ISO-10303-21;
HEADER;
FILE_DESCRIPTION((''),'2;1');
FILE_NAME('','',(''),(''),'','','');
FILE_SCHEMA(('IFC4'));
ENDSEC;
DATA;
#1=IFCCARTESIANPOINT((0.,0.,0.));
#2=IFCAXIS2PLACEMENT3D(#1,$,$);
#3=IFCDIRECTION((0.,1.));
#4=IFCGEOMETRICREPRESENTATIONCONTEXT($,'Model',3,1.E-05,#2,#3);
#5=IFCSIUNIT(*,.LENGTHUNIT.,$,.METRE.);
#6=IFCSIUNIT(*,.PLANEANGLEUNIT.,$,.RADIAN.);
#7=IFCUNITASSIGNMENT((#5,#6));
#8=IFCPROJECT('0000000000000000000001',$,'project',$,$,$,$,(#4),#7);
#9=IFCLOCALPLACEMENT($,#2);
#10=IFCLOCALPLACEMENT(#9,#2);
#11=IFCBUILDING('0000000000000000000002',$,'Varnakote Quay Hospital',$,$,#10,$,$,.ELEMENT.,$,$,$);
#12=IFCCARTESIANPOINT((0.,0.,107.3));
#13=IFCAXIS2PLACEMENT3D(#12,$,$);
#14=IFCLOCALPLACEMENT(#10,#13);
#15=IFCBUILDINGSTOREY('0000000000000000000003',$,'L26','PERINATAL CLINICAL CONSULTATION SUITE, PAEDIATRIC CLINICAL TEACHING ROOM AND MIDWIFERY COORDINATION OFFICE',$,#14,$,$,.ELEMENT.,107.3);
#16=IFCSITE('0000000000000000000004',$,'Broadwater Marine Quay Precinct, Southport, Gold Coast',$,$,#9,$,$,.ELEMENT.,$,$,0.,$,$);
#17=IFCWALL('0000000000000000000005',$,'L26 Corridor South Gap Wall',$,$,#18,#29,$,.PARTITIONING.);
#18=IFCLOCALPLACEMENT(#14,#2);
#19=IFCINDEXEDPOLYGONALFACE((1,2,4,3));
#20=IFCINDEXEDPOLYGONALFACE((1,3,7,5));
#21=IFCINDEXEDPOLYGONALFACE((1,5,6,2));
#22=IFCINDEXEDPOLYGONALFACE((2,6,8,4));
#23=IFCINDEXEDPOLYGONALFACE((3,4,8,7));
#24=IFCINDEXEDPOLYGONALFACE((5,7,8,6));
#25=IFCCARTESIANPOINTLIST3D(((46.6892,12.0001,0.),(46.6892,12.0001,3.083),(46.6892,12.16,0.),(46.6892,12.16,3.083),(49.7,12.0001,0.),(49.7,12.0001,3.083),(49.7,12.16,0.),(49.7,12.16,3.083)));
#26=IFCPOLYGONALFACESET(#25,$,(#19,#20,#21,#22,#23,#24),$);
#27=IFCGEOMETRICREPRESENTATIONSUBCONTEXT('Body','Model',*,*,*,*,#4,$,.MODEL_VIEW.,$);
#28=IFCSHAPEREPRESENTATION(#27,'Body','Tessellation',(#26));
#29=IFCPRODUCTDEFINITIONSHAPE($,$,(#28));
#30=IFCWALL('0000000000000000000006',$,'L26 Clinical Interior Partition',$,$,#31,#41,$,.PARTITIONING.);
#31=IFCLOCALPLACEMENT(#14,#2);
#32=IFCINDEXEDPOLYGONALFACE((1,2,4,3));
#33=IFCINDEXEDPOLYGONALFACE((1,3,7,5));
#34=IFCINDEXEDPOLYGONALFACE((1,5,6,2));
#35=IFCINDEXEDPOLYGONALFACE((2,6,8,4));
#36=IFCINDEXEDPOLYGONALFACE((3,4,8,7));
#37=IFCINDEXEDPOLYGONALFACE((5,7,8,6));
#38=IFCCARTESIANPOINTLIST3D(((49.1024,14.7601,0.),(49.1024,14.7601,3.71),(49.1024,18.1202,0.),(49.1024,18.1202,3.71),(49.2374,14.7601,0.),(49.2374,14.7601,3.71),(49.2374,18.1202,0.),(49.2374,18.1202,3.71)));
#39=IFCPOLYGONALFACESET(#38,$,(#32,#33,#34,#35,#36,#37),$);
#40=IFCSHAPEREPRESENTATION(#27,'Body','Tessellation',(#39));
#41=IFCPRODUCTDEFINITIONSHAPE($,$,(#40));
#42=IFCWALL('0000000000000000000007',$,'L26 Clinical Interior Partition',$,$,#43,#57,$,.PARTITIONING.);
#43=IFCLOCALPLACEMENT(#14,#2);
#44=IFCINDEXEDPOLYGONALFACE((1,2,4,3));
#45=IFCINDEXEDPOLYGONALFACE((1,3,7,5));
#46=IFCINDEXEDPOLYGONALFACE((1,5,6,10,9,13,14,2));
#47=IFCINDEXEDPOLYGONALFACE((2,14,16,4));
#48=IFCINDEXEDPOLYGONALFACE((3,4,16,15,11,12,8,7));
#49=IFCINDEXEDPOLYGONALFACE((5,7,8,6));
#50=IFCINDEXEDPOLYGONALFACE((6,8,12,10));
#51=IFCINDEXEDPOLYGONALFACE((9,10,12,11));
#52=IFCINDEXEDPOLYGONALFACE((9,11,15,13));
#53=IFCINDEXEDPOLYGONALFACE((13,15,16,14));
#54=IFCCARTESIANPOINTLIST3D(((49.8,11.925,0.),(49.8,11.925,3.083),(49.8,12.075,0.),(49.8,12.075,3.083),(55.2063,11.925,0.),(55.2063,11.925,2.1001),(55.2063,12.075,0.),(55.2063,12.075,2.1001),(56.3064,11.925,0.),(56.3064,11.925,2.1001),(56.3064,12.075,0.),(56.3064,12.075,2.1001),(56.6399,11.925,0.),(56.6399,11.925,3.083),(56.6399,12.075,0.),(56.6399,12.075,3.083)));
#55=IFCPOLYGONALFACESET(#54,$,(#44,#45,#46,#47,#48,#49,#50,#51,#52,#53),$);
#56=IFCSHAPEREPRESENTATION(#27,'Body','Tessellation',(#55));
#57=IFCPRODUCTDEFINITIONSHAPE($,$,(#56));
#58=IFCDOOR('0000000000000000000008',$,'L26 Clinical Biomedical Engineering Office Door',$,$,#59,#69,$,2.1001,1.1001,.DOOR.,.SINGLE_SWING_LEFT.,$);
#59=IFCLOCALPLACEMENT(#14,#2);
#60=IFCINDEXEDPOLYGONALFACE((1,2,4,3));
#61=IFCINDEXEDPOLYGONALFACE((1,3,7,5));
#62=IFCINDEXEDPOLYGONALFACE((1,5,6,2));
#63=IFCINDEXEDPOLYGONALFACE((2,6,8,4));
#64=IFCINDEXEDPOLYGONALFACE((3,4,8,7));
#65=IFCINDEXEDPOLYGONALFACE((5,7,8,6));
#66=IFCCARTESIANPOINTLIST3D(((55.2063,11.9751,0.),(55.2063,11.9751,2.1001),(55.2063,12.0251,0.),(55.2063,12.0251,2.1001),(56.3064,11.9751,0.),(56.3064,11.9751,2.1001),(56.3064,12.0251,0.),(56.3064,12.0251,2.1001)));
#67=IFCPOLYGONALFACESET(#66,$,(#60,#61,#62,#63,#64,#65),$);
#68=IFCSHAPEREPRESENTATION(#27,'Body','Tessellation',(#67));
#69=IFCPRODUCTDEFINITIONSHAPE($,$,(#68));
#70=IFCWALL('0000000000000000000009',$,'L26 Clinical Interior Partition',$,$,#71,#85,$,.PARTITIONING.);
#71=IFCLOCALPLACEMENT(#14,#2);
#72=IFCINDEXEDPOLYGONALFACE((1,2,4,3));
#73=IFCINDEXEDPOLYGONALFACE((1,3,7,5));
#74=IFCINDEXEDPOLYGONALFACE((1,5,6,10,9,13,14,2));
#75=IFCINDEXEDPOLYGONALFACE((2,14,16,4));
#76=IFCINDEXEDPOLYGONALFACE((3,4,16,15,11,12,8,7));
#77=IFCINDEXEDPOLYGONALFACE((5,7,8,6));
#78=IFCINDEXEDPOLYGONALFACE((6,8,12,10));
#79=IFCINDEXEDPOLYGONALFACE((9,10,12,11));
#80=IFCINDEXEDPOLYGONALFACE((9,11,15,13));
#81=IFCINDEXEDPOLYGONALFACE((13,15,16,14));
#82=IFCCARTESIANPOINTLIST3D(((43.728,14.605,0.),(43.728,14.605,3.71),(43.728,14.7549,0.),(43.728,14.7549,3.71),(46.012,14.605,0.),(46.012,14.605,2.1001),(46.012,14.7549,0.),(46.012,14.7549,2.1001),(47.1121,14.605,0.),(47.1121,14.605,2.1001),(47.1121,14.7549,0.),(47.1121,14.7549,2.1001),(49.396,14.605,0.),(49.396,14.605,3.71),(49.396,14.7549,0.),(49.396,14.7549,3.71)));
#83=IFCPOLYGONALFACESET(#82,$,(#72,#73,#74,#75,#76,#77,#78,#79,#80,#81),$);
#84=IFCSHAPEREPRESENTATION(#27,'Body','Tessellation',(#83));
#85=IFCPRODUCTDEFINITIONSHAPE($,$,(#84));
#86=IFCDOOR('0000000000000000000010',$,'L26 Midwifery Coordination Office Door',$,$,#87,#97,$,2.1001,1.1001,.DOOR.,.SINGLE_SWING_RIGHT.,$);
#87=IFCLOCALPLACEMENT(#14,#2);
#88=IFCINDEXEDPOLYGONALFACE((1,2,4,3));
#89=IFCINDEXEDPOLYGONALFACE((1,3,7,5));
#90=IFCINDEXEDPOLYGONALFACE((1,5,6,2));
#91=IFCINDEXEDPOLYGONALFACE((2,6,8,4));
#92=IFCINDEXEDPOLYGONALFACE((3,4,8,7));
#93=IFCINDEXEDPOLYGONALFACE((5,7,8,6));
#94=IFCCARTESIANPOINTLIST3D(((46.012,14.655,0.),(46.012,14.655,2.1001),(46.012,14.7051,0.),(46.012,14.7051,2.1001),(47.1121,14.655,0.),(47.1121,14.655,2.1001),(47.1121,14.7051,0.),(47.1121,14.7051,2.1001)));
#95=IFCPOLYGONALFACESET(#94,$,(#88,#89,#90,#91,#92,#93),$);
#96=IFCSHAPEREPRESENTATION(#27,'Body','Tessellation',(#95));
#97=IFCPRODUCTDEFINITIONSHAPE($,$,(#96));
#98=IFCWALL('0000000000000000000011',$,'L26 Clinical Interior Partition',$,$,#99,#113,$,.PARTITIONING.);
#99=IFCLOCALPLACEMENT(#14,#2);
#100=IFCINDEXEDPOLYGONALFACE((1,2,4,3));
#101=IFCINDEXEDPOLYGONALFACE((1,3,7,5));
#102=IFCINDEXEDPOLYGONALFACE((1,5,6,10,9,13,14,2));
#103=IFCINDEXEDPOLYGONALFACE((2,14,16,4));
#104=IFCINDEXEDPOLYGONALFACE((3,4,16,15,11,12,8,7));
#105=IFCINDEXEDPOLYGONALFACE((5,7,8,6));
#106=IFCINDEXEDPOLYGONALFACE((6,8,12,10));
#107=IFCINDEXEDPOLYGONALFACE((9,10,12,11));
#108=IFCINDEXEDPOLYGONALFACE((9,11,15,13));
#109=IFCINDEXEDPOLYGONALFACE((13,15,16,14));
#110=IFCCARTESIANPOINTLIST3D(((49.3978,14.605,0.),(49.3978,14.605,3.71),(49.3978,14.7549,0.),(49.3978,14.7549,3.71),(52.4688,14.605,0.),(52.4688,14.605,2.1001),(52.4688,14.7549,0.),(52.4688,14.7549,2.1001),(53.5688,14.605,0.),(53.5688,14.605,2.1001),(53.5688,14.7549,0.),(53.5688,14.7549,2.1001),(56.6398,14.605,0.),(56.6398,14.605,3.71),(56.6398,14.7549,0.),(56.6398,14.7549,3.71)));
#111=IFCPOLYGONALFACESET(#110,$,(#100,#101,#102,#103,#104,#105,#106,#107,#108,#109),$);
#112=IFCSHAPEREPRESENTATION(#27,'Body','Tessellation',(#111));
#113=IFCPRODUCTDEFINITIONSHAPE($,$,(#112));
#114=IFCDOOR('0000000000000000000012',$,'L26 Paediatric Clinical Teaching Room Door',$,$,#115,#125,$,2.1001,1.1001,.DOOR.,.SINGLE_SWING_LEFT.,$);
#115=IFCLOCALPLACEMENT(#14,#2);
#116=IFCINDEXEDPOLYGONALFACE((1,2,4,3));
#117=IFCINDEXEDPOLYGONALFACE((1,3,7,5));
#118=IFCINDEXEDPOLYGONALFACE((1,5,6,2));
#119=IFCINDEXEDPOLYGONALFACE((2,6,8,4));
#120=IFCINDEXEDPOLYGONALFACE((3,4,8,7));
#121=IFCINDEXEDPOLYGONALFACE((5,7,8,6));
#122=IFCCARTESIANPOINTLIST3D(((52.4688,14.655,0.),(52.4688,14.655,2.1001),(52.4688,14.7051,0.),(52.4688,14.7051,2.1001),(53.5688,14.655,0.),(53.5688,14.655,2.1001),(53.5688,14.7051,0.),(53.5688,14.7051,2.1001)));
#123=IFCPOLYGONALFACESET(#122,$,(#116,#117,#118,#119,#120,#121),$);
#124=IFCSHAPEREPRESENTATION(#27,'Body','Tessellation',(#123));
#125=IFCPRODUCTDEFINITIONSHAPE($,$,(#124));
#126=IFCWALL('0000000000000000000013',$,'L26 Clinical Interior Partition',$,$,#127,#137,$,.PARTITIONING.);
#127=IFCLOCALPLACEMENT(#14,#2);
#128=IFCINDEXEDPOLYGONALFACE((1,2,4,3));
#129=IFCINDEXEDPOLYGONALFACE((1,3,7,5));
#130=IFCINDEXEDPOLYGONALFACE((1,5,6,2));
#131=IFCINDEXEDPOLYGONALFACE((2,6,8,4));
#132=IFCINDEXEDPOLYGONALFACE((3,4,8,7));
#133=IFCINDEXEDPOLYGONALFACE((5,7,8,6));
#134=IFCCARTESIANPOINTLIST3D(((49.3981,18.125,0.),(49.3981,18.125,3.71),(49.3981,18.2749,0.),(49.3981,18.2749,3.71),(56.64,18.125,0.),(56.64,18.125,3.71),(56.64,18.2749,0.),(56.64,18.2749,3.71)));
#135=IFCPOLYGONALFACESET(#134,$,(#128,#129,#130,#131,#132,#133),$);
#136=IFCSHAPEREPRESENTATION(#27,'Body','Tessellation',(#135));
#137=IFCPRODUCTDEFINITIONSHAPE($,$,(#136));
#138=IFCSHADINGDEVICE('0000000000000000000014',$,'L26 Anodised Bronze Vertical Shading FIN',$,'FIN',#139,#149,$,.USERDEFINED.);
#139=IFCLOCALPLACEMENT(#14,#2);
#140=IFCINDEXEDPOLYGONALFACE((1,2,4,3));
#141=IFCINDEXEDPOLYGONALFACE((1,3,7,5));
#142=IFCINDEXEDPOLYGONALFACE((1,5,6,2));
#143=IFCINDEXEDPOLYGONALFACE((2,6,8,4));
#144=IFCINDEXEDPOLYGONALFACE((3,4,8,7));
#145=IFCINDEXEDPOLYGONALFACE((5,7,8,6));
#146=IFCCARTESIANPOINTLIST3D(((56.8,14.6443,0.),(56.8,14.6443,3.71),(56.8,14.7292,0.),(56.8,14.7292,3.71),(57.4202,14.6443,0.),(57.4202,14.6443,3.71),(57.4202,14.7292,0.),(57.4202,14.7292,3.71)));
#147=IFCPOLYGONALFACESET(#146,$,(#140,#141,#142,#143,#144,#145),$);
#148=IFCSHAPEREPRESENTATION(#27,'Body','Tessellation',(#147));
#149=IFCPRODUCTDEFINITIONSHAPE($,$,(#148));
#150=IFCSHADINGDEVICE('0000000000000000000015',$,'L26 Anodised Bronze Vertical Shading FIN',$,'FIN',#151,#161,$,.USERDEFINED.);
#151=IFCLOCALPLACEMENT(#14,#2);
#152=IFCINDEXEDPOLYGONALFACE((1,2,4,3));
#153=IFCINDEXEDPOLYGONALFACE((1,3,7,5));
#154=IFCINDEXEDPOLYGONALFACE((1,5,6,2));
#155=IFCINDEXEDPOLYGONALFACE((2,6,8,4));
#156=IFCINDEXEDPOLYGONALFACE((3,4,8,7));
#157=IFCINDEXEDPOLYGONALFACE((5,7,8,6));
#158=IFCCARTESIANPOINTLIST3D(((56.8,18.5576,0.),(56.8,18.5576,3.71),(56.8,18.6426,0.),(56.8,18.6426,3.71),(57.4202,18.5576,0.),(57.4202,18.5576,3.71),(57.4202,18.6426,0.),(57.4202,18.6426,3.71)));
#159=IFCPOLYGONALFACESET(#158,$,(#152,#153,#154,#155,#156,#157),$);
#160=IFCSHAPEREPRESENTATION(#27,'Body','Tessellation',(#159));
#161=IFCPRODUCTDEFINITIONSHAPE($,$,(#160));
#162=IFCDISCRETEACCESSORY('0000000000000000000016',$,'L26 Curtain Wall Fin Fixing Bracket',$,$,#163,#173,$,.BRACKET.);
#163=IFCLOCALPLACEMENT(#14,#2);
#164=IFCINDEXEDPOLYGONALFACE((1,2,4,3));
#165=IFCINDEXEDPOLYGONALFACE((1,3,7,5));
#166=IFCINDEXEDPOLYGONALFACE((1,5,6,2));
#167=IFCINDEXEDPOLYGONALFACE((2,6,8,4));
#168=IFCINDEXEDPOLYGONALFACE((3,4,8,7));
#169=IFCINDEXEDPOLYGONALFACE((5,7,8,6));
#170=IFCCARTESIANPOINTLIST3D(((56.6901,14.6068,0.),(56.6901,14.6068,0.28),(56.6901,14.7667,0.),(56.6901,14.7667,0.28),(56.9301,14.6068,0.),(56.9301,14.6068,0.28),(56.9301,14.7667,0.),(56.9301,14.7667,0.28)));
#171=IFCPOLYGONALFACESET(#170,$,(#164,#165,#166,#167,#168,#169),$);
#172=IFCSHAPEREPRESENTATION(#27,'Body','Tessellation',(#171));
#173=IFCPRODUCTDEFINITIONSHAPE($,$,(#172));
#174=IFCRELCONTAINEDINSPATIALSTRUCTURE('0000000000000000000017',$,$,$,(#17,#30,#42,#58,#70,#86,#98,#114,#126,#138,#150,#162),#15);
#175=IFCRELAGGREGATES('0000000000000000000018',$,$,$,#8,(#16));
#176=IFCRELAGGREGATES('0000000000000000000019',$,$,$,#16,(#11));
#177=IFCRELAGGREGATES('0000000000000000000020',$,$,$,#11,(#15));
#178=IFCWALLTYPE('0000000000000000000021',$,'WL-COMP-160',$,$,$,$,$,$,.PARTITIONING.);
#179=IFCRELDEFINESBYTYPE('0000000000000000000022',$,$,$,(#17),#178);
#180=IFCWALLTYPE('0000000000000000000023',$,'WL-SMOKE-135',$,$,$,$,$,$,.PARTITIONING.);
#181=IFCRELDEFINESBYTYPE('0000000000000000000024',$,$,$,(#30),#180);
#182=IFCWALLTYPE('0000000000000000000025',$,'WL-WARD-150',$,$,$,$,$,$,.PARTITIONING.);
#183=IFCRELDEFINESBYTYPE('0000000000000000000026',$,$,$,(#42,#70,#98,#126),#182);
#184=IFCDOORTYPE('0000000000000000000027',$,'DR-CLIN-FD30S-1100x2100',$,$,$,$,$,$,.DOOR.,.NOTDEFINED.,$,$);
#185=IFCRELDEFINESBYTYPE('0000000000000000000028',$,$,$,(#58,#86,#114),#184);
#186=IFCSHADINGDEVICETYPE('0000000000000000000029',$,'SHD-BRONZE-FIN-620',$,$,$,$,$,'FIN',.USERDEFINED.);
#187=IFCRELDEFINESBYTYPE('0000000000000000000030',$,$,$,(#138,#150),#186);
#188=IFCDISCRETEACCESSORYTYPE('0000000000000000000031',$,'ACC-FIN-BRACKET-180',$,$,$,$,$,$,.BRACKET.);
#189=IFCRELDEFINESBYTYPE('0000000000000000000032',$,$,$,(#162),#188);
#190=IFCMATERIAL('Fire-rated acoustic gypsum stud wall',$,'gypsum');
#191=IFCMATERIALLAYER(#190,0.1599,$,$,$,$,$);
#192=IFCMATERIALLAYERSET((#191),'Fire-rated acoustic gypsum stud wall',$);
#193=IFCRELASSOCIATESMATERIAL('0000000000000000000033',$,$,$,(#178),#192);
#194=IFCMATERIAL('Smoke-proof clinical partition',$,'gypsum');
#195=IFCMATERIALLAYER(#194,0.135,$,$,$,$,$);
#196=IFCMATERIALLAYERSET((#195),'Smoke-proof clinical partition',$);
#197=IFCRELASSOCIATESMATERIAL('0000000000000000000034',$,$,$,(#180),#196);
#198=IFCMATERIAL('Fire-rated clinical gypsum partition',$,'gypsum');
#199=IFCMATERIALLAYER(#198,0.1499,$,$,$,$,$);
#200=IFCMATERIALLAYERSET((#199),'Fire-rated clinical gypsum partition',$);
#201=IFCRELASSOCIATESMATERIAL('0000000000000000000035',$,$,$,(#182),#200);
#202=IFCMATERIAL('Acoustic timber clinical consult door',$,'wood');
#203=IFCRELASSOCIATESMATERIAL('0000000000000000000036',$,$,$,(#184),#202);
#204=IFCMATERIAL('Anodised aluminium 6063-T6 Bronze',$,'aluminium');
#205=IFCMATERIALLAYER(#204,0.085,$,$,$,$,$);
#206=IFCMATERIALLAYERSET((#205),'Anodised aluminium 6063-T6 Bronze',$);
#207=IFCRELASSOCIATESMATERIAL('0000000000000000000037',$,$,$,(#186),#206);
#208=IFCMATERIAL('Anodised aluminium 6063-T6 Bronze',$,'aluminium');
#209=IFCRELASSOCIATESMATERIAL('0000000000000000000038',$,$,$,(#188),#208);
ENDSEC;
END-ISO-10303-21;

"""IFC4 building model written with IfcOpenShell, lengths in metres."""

from ifc_helpers import new_model, si_unit, direction, frame, frame_2d, origin, origin_2d, place, context, subcontext, project, spatial, rectangle, extrude, material, layer, layer_set, type_object, element, fill, save


model = new_model("IFC4")

# Units and contexts
model_context = context("Model", 3, precision=1e-05, world=origin(), true_north=direction((0.0, 1.0)))
body_context = subcontext(model_context, "Body", "Model", "MODEL_VIEW")
ifc_project = project(units=[si_unit("LENGTHUNIT", "METRE"), si_unit("PLANEANGLEUNIT", "RADIAN")], contexts=[model_context])

# Site, building, storey
site_placement = place(None, origin())
site = spatial("IfcSite", under=ifc_project, at=site_placement, Name="Broadwater Marine Quay Precinct, Southport, Gold Coast", CompositionType="ELEMENT", RefElevation=0.0)
building_placement = place(site_placement, origin())
building = spatial("IfcBuilding", under=site, at=building_placement, Name="Varnakote Quay Hospital", CompositionType="ELEMENT")
storey_placement = place(building_placement, frame((0.0, 0.0, 107.3)))
storey = spatial("IfcBuildingStorey", under=building, at=storey_placement, Name="L26", Description="PERINATAL CLINICAL CONSULTATION SUITE, PAEDIATRIC CLINICAL TEACHING ROOM AND MIDWIFERY COORDINATION OFFICE", CompositionType="ELEMENT", Elevation=107.3)

# Walls
ifc_material_1 = material(Name="Fire-rated acoustic gypsum stud wall", Category="gypsum")
ifc_layer_1 = layer(ifc_material_1, 0.1599)
ifc_layer_set_1 = layer_set([ifc_layer_1], Name="Fire-rated acoustic gypsum stud wall")
wall_type_1 = type_object("IfcWallType", Name="WL-COMP-160", PredefinedType="PARTITIONING", material=ifc_layer_set_1)
wall_1_placement = place(storey_placement, frame((46.6892, 12.0801, 0.0), z_axis=(0.0, 0.0, 1.0), x_axis=(1.0, 0.0, 0.0)))
element("IfcWall", 1, at=wall_1_placement, inside=storey, type_object=wall_type_1, Name="L26 Corridor South Gap Wall", PredefinedType="PARTITIONING", context=body_context, shape_type="SweptSolid", body=[
    extrude(rectangle(XDim=3.0107, YDim=0.1599, at=frame_2d((1.5054, 0.0))), origin(), (0.0, 0.0, 1.0), 3.083),
])
ifc_material_2 = material(Name="Smoke-proof clinical partition", Category="gypsum")
ifc_layer_2 = layer(ifc_material_2, 0.135)
ifc_layer_set_2 = layer_set([ifc_layer_2], Name="Smoke-proof clinical partition")
wall_type_2 = type_object("IfcWallType", Name="WL-SMOKE-135", PredefinedType="PARTITIONING", material=ifc_layer_set_2)
wall_2_placement = place(storey_placement, frame((49.1699, 14.76, 0.0), z_axis=(0.0, 0.0, 1.0), x_axis=(0.0, 1.0, 0.0)))
element("IfcWall", 2, at=wall_2_placement, inside=storey, type_object=wall_type_2, Name="L26 Clinical Interior Partition", PredefinedType="PARTITIONING", context=body_context, shape_type="SweptSolid", body=[
    extrude(rectangle(XDim=3.3601, YDim=0.135, at=frame_2d((1.6802, 0.0))), origin(), (0.0, 0.0, 1.0), 3.71),
])

# Walls, openings, doors
ifc_material_3 = material(Name="Fire-rated clinical gypsum partition", Category="gypsum")
ifc_layer_3 = layer(ifc_material_3, 0.1499)
ifc_layer_set_3 = layer_set([ifc_layer_3], Name="Fire-rated clinical gypsum partition")
wall_type_3 = type_object("IfcWallType", Name="WL-WARD-150", PredefinedType="PARTITIONING", material=ifc_layer_set_3)
wall_3_placement = place(storey_placement, frame((56.6399, 12.0, 0.0), z_axis=(0.0, 0.0, 1.0), x_axis=(-1.0, 0.0, 0.0)))
wall_3 = element("IfcWall", 3, at=wall_3_placement, inside=storey, type_object=wall_type_3, Name="L26 Clinical Interior Partition", PredefinedType="PARTITIONING", context=body_context, shape_type="SweptSolid", body=[
    extrude(rectangle(XDim=6.8398, YDim=0.1499, at=frame_2d((3.4199, 0.0))), origin(), (0.0, 0.0, 1.0), 3.083),
])
opening_1_placement = place(wall_3_placement, frame((0.3335, 0.0, 0.0)))
opening_1 = element("IfcOpeningElement", 4, at=opening_1_placement, cuts=wall_3, PredefinedType="OPENING", context=body_context, shape_type="SweptSolid", body=[
    extrude(rectangle(XDim=1.1001, YDim=2.1001, at=frame_2d((0.55, 1.05))), frame((0.0, 0.085, 0.0), z_axis=(0.0, -1.0, 0.0), x_axis=(1.0, 0.0, 0.0)), (0.0, 0.0, 1.0), 0.1699),
])
ifc_material_4 = material(Name="Acoustic timber clinical consult door", Category="wood")
door_type = type_object("IfcDoorType", Name="DR-CLIN-FD30S-1100x2100", OperationType="NOTDEFINED", PredefinedType="DOOR", material=ifc_material_4)
door_1_placement = place(opening_1_placement, origin())
door_1 = element("IfcDoor", 5, at=door_1_placement, inside=storey, type_object=door_type, Name="L26 Clinical Biomedical Engineering Office Door", OperationType="SINGLE_SWING_LEFT", OverallHeight=2.1001, OverallWidth=1.1001, PredefinedType="DOOR", context=body_context, shape_type="SweptSolid", body=[
    extrude(rectangle(XDim=1.1001, YDim=2.1001, at=frame_2d((0.55, 1.05))), frame((0.0, 0.0249, 0.0), z_axis=(0.0, -1.0, 0.0), x_axis=(1.0, 0.0, 0.0)), (0.0, 0.0, 1.0), 0.05),
])
fill(opening_1, door_1)
wall_4_placement = place(storey_placement, frame((49.396, 14.6799, 0.0), z_axis=(0.0, 0.0, 1.0), x_axis=(-1.0, 0.0, 0.0)))
wall_4 = element("IfcWall", 6, at=wall_4_placement, inside=storey, type_object=wall_type_3, Name="L26 Clinical Interior Partition", PredefinedType="PARTITIONING", context=body_context, shape_type="SweptSolid", body=[
    extrude(rectangle(XDim=5.668, YDim=0.1499, at=frame_2d((2.834, 0.0))), origin(), (0.0, 0.0, 1.0), 3.71),
])
opening_2_placement = place(wall_4_placement, frame((2.2839, 0.0, 0.0)))
opening_2 = element("IfcOpeningElement", 7, at=opening_2_placement, cuts=wall_4, PredefinedType="OPENING", context=body_context, shape_type="SweptSolid", body=[
    extrude(rectangle(XDim=1.1001, YDim=2.1001, at=frame_2d((0.55, 1.05))), frame((0.0, 0.085, 0.0), z_axis=(0.0, -1.0, 0.0), x_axis=(1.0, 0.0, 0.0)), (0.0, 0.0, 1.0), 0.1699),
])
door_2_placement = place(opening_2_placement, origin())
door_2 = element("IfcDoor", 8, at=door_2_placement, inside=storey, type_object=door_type, Name="L26 Midwifery Coordination Office Door", OperationType="SINGLE_SWING_RIGHT", OverallHeight=2.1001, OverallWidth=1.1001, PredefinedType="DOOR", context=body_context, shape_type="SweptSolid", body=[
    extrude(rectangle(XDim=1.1001, YDim=2.1001, at=frame_2d((0.55, 1.05))), frame((0.0, 0.0249, 0.0), z_axis=(0.0, -1.0, 0.0), x_axis=(1.0, 0.0, 0.0)), (0.0, 0.0, 1.0), 0.05),
])
fill(opening_2, door_2)
wall_5_placement = place(storey_placement, frame((56.6399, 14.6799, 0.0), z_axis=(0.0, 0.0, 1.0), x_axis=(-1.0, 0.0, 0.0)))
wall_5 = element("IfcWall", 9, at=wall_5_placement, inside=storey, type_object=wall_type_3, Name="L26 Clinical Interior Partition", PredefinedType="PARTITIONING", context=body_context, shape_type="SweptSolid", body=[
    extrude(rectangle(XDim=7.2419, YDim=0.1499, at=frame_2d((3.6211, 0.0))), origin(), (0.0, 0.0, 1.0), 3.71),
])
opening_3_placement = place(wall_5_placement, frame((3.071, 0.0, 0.0)))
opening_3 = element("IfcOpeningElement", 10, at=opening_3_placement, cuts=wall_5, PredefinedType="OPENING", context=body_context, shape_type="SweptSolid", body=[
    extrude(rectangle(XDim=1.1001, YDim=2.1001, at=frame_2d((0.55, 1.05))), frame((0.0, 0.085, 0.0), z_axis=(0.0, -1.0, 0.0), x_axis=(1.0, 0.0, 0.0)), (0.0, 0.0, 1.0), 0.1699),
])
door_3_placement = place(opening_3_placement, origin())
door_3 = element("IfcDoor", 11, at=door_3_placement, inside=storey, type_object=door_type, Name="L26 Paediatric Clinical Teaching Room Door", OperationType="SINGLE_SWING_LEFT", OverallHeight=2.1001, OverallWidth=1.1001, PredefinedType="DOOR", context=body_context, shape_type="SweptSolid", body=[
    extrude(rectangle(XDim=1.1001, YDim=2.1001, at=frame_2d((0.55, 1.05))), frame((0.0, 0.0249, 0.0), z_axis=(0.0, -1.0, 0.0), x_axis=(1.0, 0.0, 0.0)), (0.0, 0.0, 1.0), 0.05),
])
fill(opening_3, door_3)

# Wall
wall_6_placement = place(storey_placement, frame((49.3979, 18.2, 0.0), z_axis=(0.0, 0.0, 1.0), x_axis=(1.0, 0.0, 0.0)))
element("IfcWall", 12, at=wall_6_placement, inside=storey, type_object=wall_type_3, Name="L26 Clinical Interior Partition", PredefinedType="PARTITIONING", context=body_context, shape_type="SweptSolid", body=[
    extrude(rectangle(XDim=7.2419, YDim=0.1499, at=frame_2d((3.6211, 0.0))), origin(), (0.0, 0.0, 1.0), 3.71),
])

# Shading devices
ifc_material_5 = material(Name="Anodised aluminium 6063-T6 Bronze", Category="aluminium")
ifc_layer_4 = layer(ifc_material_5, 0.085)
ifc_layer_set_4 = layer_set([ifc_layer_4], Name="Anodised aluminium 6063-T6 Bronze")
shading_device_type = type_object("IfcShadingDeviceType", Name="SHD-BRONZE-FIN-620", ElementType="FIN", PredefinedType="USERDEFINED", material=ifc_layer_set_4)
for number, where, z_axis, x_axis, name in (
    (13, (57.1101, 14.6868, 0.0), (0.0, 0.0, 1.0), (-1.0, 0.0, 0.0), "L26 Anodised Bronze Vertical Shading FIN"),
    (14, (57.1101, 18.6001, 0.0), (0.0, 0.0, 1.0), (-1.0, 0.0, 0.0), "L26 Anodised Bronze Vertical Shading FIN"),
):
    element("IfcShadingDevice", number, at=place(storey_placement, frame(where, z_axis=z_axis, x_axis=x_axis)), inside=storey, type_object=shading_device_type, Name=name, ObjectType="FIN", PredefinedType="USERDEFINED", context=body_context, shape_type="SweptSolid", body=[
        extrude(rectangle(XDim=0.6201, YDim=0.085, at=origin_2d()), origin(), (0.0, 0.0, 1.0), 3.71),
    ])

# Discrete accessory
ifc_material_6 = material(Name="Anodised aluminium 6063-T6 Bronze", Category="aluminium")
discrete_accessory_type = type_object("IfcDiscreteAccessoryType", Name="ACC-FIN-BRACKET-180", PredefinedType="BRACKET", material=ifc_material_6)
for number, where, z_axis, x_axis, name in (
    (15, (56.8101, 14.6868, 0.0), (0.0, 0.0, 1.0), (0.0, 1.0, 0.0), "L26 Curtain Wall Fin Fixing Bracket"),
):
    element("IfcDiscreteAccessory", number, at=place(storey_placement, frame(where, z_axis=z_axis, x_axis=x_axis)), inside=storey, type_object=discrete_accessory_type, Name=name, PredefinedType="BRACKET", context=body_context, shape_type="SweptSolid", body=[
        extrude(rectangle(XDim=0.1599, YDim=0.24, at=origin_2d()), origin(), (0.0, 0.0, 1.0), 0.28),
    ])

save(model, "model.ifc")
